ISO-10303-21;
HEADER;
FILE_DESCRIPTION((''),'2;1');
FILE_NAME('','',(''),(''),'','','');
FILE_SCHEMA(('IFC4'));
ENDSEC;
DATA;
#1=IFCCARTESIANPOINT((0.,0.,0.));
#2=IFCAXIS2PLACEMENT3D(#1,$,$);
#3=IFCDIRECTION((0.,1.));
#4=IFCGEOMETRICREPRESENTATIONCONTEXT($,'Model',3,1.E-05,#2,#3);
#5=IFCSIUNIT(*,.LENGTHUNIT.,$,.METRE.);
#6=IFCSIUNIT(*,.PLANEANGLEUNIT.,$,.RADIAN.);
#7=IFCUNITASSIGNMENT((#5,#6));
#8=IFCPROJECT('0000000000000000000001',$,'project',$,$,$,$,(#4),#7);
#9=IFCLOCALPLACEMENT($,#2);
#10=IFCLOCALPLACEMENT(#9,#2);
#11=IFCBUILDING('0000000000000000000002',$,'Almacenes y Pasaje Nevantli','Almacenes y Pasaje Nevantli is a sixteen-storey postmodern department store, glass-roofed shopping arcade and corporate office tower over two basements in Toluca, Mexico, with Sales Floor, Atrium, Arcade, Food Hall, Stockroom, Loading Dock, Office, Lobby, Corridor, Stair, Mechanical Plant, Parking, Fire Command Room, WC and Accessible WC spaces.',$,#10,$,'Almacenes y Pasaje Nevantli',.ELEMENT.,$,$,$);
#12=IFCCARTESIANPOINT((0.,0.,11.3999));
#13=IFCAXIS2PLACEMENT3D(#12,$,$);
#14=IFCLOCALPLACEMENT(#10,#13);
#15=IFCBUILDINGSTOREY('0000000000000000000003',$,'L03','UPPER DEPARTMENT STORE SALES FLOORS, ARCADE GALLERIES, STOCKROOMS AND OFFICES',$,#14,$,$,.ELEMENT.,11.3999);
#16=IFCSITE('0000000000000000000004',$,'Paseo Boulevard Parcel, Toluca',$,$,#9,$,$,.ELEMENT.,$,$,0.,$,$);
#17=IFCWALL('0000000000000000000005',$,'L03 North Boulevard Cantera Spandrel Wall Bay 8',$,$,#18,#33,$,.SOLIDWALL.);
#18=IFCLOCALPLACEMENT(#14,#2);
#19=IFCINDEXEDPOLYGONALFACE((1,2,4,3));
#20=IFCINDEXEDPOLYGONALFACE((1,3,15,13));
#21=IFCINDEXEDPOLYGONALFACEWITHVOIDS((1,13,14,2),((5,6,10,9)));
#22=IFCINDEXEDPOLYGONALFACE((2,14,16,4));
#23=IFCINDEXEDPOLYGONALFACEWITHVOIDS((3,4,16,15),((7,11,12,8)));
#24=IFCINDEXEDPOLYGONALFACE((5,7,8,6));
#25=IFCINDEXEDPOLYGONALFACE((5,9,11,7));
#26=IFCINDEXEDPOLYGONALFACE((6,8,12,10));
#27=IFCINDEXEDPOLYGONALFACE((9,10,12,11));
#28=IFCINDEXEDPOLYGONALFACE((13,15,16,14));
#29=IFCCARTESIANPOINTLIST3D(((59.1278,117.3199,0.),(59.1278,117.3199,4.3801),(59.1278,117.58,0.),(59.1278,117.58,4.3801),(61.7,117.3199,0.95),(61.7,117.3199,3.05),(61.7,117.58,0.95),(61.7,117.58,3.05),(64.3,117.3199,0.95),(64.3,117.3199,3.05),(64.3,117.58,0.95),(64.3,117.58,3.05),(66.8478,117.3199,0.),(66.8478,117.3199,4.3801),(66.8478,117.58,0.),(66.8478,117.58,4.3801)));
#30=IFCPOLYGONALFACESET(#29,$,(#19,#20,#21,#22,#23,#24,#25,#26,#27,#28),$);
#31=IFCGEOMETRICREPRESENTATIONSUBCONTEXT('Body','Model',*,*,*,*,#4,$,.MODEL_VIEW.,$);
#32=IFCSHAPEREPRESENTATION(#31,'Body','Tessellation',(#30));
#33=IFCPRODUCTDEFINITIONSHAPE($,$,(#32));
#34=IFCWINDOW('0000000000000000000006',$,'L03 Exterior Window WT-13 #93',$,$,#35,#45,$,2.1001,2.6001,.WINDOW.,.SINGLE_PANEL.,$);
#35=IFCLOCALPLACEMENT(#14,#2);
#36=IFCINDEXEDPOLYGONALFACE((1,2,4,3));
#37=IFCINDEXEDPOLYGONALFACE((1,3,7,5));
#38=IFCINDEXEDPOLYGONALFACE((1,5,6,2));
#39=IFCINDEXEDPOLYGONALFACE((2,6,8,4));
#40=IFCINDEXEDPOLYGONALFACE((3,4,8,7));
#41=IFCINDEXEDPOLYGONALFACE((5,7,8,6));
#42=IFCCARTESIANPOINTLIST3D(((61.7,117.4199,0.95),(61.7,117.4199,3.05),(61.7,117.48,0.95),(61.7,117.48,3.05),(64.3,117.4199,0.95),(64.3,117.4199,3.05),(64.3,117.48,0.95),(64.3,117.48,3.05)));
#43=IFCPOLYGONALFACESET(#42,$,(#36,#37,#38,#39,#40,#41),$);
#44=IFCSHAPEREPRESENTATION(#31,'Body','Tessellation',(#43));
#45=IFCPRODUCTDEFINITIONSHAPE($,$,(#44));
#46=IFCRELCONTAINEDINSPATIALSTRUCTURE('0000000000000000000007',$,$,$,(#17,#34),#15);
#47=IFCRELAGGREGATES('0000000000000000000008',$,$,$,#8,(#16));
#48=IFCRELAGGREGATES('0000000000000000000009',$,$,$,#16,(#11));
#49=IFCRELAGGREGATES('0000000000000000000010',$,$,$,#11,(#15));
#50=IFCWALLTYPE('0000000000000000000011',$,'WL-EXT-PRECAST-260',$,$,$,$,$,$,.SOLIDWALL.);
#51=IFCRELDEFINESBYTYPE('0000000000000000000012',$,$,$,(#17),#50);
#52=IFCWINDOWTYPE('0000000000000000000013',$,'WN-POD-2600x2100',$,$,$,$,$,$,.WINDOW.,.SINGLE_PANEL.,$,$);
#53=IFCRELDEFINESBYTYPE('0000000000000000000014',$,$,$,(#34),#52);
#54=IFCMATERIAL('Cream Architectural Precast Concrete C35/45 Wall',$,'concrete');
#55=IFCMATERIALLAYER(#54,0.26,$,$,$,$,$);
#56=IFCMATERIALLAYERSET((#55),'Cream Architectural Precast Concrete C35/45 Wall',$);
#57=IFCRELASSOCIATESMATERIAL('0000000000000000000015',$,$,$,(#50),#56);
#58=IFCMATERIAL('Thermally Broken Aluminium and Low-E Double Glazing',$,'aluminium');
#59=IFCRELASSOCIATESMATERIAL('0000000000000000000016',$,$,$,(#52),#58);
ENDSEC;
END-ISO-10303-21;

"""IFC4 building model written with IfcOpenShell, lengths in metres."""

from ifc_helpers import new_model, si_unit, direction, frame, frame_2d, origin, place, context, subcontext, project, spatial, rectangle, extrude, material, layer, layer_set, type_object, element, fill, save


model = new_model("IFC4")

# Units and contexts
model_context = context("Model", 3, precision=1e-05, world=origin(), true_north=direction((0.0, 1.0)))
body_context = subcontext(model_context, "Body", "Model", "MODEL_VIEW")
ifc_project = project(units=[si_unit("LENGTHUNIT", "METRE"), si_unit("PLANEANGLEUNIT", "RADIAN")], contexts=[model_context])

# Site, building, storey
site_placement = place(None, origin())
site = spatial("IfcSite", under=ifc_project, at=site_placement, Name="Paseo Boulevard Parcel, Toluca", CompositionType="ELEMENT", RefElevation=0.0)
building_placement = place(site_placement, origin())
building = spatial("IfcBuilding", under=site, at=building_placement, Name="Almacenes y Pasaje Nevantli", Description="Almacenes y Pasaje Nevantli is a sixteen-storey postmodern department store, glass-roofed shopping arcade and corporate office tower over two basements in Toluca, Mexico, with Sales Floor, Atrium, Arcade, Food Hall, Stockroom, Loading Dock, Office, Lobby, Corridor, Stair, Mechanical Plant, Parking, Fire Command Room, WC and Accessible WC spaces.", LongName="Almacenes y Pasaje Nevantli", CompositionType="ELEMENT")
storey_placement = place(building_placement, frame((0.0, 0.0, 11.3999)))
storey = spatial("IfcBuildingStorey", under=building, at=storey_placement, Name="L03", Description="UPPER DEPARTMENT STORE SALES FLOORS, ARCADE GALLERIES, STOCKROOMS AND OFFICES", CompositionType="ELEMENT", Elevation=11.3999)

# Wall, opening, window
ifc_material_1 = material(Name="Cream Architectural Precast Concrete C35/45 Wall", Category="concrete")
ifc_layer_1 = layer(ifc_material_1, 0.26)
ifc_layer_set_1 = layer_set([ifc_layer_1], Name="Cream Architectural Precast Concrete C35/45 Wall")
wall_type = type_object("IfcWallType", Name="WL-EXT-PRECAST-260", PredefinedType="SOLIDWALL", material=ifc_layer_set_1)
wall_placement = place(storey_placement, frame((59.1279, 117.45, 0.0), z_axis=(0.0, 0.0, 1.0), x_axis=(1.0, 0.0, 0.0)))
wall = element("IfcWall", 1, at=wall_placement, inside=storey, type_object=wall_type, Name="L03 North Boulevard Cantera Spandrel Wall Bay 8", PredefinedType="SOLIDWALL", context=body_context, shape_type="SweptSolid", body=[
    extrude(rectangle(XDim=7.72, YDim=0.26, at=frame_2d((3.8599, 0.0))), origin(), (0.0, 0.0, 1.0), 4.3801),
])
opening_placement = place(wall_placement, frame((2.572, 0.0, 0.95)))
opening = element("IfcOpeningElement", 2, at=opening_placement, cuts=wall, PredefinedType="OPENING", context=body_context, shape_type="SweptSolid", body=[
    extrude(rectangle(XDim=2.6001, YDim=2.1001, at=frame_2d((1.3, 1.05))), frame((0.0, 0.1399, 0.0), z_axis=(0.0, -1.0, 0.0), x_axis=(1.0, 0.0, 0.0)), (0.0, 0.0, 1.0), 0.28),
])
ifc_material_2 = material(Name="Thermally Broken Aluminium and Low-E Double Glazing", Category="aluminium")
window_type = type_object("IfcWindowType", Name="WN-POD-2600x2100", PartitioningType="SINGLE_PANEL", PredefinedType="WINDOW", material=ifc_material_2)
window_placement = place(opening_placement, origin())
window = element("IfcWindow", 3, at=window_placement, inside=storey, type_object=window_type, Name="L03 Exterior Window WT-13 #93", OverallHeight=2.1001, OverallWidth=2.6001, PartitioningType="SINGLE_PANEL", PredefinedType="WINDOW", context=body_context, shape_type="SweptSolid", body=[
    extrude(rectangle(XDim=2.6001, YDim=2.1001, at=frame_2d((1.3, 1.05))), frame((0.0, 0.03, 0.0), z_axis=(0.0, -1.0, 0.0), x_axis=(1.0, 0.0, 0.0)), (0.0, 0.0, 1.0), 0.0601),
])
fill(opening, window)

save(model, "model.ifc")
